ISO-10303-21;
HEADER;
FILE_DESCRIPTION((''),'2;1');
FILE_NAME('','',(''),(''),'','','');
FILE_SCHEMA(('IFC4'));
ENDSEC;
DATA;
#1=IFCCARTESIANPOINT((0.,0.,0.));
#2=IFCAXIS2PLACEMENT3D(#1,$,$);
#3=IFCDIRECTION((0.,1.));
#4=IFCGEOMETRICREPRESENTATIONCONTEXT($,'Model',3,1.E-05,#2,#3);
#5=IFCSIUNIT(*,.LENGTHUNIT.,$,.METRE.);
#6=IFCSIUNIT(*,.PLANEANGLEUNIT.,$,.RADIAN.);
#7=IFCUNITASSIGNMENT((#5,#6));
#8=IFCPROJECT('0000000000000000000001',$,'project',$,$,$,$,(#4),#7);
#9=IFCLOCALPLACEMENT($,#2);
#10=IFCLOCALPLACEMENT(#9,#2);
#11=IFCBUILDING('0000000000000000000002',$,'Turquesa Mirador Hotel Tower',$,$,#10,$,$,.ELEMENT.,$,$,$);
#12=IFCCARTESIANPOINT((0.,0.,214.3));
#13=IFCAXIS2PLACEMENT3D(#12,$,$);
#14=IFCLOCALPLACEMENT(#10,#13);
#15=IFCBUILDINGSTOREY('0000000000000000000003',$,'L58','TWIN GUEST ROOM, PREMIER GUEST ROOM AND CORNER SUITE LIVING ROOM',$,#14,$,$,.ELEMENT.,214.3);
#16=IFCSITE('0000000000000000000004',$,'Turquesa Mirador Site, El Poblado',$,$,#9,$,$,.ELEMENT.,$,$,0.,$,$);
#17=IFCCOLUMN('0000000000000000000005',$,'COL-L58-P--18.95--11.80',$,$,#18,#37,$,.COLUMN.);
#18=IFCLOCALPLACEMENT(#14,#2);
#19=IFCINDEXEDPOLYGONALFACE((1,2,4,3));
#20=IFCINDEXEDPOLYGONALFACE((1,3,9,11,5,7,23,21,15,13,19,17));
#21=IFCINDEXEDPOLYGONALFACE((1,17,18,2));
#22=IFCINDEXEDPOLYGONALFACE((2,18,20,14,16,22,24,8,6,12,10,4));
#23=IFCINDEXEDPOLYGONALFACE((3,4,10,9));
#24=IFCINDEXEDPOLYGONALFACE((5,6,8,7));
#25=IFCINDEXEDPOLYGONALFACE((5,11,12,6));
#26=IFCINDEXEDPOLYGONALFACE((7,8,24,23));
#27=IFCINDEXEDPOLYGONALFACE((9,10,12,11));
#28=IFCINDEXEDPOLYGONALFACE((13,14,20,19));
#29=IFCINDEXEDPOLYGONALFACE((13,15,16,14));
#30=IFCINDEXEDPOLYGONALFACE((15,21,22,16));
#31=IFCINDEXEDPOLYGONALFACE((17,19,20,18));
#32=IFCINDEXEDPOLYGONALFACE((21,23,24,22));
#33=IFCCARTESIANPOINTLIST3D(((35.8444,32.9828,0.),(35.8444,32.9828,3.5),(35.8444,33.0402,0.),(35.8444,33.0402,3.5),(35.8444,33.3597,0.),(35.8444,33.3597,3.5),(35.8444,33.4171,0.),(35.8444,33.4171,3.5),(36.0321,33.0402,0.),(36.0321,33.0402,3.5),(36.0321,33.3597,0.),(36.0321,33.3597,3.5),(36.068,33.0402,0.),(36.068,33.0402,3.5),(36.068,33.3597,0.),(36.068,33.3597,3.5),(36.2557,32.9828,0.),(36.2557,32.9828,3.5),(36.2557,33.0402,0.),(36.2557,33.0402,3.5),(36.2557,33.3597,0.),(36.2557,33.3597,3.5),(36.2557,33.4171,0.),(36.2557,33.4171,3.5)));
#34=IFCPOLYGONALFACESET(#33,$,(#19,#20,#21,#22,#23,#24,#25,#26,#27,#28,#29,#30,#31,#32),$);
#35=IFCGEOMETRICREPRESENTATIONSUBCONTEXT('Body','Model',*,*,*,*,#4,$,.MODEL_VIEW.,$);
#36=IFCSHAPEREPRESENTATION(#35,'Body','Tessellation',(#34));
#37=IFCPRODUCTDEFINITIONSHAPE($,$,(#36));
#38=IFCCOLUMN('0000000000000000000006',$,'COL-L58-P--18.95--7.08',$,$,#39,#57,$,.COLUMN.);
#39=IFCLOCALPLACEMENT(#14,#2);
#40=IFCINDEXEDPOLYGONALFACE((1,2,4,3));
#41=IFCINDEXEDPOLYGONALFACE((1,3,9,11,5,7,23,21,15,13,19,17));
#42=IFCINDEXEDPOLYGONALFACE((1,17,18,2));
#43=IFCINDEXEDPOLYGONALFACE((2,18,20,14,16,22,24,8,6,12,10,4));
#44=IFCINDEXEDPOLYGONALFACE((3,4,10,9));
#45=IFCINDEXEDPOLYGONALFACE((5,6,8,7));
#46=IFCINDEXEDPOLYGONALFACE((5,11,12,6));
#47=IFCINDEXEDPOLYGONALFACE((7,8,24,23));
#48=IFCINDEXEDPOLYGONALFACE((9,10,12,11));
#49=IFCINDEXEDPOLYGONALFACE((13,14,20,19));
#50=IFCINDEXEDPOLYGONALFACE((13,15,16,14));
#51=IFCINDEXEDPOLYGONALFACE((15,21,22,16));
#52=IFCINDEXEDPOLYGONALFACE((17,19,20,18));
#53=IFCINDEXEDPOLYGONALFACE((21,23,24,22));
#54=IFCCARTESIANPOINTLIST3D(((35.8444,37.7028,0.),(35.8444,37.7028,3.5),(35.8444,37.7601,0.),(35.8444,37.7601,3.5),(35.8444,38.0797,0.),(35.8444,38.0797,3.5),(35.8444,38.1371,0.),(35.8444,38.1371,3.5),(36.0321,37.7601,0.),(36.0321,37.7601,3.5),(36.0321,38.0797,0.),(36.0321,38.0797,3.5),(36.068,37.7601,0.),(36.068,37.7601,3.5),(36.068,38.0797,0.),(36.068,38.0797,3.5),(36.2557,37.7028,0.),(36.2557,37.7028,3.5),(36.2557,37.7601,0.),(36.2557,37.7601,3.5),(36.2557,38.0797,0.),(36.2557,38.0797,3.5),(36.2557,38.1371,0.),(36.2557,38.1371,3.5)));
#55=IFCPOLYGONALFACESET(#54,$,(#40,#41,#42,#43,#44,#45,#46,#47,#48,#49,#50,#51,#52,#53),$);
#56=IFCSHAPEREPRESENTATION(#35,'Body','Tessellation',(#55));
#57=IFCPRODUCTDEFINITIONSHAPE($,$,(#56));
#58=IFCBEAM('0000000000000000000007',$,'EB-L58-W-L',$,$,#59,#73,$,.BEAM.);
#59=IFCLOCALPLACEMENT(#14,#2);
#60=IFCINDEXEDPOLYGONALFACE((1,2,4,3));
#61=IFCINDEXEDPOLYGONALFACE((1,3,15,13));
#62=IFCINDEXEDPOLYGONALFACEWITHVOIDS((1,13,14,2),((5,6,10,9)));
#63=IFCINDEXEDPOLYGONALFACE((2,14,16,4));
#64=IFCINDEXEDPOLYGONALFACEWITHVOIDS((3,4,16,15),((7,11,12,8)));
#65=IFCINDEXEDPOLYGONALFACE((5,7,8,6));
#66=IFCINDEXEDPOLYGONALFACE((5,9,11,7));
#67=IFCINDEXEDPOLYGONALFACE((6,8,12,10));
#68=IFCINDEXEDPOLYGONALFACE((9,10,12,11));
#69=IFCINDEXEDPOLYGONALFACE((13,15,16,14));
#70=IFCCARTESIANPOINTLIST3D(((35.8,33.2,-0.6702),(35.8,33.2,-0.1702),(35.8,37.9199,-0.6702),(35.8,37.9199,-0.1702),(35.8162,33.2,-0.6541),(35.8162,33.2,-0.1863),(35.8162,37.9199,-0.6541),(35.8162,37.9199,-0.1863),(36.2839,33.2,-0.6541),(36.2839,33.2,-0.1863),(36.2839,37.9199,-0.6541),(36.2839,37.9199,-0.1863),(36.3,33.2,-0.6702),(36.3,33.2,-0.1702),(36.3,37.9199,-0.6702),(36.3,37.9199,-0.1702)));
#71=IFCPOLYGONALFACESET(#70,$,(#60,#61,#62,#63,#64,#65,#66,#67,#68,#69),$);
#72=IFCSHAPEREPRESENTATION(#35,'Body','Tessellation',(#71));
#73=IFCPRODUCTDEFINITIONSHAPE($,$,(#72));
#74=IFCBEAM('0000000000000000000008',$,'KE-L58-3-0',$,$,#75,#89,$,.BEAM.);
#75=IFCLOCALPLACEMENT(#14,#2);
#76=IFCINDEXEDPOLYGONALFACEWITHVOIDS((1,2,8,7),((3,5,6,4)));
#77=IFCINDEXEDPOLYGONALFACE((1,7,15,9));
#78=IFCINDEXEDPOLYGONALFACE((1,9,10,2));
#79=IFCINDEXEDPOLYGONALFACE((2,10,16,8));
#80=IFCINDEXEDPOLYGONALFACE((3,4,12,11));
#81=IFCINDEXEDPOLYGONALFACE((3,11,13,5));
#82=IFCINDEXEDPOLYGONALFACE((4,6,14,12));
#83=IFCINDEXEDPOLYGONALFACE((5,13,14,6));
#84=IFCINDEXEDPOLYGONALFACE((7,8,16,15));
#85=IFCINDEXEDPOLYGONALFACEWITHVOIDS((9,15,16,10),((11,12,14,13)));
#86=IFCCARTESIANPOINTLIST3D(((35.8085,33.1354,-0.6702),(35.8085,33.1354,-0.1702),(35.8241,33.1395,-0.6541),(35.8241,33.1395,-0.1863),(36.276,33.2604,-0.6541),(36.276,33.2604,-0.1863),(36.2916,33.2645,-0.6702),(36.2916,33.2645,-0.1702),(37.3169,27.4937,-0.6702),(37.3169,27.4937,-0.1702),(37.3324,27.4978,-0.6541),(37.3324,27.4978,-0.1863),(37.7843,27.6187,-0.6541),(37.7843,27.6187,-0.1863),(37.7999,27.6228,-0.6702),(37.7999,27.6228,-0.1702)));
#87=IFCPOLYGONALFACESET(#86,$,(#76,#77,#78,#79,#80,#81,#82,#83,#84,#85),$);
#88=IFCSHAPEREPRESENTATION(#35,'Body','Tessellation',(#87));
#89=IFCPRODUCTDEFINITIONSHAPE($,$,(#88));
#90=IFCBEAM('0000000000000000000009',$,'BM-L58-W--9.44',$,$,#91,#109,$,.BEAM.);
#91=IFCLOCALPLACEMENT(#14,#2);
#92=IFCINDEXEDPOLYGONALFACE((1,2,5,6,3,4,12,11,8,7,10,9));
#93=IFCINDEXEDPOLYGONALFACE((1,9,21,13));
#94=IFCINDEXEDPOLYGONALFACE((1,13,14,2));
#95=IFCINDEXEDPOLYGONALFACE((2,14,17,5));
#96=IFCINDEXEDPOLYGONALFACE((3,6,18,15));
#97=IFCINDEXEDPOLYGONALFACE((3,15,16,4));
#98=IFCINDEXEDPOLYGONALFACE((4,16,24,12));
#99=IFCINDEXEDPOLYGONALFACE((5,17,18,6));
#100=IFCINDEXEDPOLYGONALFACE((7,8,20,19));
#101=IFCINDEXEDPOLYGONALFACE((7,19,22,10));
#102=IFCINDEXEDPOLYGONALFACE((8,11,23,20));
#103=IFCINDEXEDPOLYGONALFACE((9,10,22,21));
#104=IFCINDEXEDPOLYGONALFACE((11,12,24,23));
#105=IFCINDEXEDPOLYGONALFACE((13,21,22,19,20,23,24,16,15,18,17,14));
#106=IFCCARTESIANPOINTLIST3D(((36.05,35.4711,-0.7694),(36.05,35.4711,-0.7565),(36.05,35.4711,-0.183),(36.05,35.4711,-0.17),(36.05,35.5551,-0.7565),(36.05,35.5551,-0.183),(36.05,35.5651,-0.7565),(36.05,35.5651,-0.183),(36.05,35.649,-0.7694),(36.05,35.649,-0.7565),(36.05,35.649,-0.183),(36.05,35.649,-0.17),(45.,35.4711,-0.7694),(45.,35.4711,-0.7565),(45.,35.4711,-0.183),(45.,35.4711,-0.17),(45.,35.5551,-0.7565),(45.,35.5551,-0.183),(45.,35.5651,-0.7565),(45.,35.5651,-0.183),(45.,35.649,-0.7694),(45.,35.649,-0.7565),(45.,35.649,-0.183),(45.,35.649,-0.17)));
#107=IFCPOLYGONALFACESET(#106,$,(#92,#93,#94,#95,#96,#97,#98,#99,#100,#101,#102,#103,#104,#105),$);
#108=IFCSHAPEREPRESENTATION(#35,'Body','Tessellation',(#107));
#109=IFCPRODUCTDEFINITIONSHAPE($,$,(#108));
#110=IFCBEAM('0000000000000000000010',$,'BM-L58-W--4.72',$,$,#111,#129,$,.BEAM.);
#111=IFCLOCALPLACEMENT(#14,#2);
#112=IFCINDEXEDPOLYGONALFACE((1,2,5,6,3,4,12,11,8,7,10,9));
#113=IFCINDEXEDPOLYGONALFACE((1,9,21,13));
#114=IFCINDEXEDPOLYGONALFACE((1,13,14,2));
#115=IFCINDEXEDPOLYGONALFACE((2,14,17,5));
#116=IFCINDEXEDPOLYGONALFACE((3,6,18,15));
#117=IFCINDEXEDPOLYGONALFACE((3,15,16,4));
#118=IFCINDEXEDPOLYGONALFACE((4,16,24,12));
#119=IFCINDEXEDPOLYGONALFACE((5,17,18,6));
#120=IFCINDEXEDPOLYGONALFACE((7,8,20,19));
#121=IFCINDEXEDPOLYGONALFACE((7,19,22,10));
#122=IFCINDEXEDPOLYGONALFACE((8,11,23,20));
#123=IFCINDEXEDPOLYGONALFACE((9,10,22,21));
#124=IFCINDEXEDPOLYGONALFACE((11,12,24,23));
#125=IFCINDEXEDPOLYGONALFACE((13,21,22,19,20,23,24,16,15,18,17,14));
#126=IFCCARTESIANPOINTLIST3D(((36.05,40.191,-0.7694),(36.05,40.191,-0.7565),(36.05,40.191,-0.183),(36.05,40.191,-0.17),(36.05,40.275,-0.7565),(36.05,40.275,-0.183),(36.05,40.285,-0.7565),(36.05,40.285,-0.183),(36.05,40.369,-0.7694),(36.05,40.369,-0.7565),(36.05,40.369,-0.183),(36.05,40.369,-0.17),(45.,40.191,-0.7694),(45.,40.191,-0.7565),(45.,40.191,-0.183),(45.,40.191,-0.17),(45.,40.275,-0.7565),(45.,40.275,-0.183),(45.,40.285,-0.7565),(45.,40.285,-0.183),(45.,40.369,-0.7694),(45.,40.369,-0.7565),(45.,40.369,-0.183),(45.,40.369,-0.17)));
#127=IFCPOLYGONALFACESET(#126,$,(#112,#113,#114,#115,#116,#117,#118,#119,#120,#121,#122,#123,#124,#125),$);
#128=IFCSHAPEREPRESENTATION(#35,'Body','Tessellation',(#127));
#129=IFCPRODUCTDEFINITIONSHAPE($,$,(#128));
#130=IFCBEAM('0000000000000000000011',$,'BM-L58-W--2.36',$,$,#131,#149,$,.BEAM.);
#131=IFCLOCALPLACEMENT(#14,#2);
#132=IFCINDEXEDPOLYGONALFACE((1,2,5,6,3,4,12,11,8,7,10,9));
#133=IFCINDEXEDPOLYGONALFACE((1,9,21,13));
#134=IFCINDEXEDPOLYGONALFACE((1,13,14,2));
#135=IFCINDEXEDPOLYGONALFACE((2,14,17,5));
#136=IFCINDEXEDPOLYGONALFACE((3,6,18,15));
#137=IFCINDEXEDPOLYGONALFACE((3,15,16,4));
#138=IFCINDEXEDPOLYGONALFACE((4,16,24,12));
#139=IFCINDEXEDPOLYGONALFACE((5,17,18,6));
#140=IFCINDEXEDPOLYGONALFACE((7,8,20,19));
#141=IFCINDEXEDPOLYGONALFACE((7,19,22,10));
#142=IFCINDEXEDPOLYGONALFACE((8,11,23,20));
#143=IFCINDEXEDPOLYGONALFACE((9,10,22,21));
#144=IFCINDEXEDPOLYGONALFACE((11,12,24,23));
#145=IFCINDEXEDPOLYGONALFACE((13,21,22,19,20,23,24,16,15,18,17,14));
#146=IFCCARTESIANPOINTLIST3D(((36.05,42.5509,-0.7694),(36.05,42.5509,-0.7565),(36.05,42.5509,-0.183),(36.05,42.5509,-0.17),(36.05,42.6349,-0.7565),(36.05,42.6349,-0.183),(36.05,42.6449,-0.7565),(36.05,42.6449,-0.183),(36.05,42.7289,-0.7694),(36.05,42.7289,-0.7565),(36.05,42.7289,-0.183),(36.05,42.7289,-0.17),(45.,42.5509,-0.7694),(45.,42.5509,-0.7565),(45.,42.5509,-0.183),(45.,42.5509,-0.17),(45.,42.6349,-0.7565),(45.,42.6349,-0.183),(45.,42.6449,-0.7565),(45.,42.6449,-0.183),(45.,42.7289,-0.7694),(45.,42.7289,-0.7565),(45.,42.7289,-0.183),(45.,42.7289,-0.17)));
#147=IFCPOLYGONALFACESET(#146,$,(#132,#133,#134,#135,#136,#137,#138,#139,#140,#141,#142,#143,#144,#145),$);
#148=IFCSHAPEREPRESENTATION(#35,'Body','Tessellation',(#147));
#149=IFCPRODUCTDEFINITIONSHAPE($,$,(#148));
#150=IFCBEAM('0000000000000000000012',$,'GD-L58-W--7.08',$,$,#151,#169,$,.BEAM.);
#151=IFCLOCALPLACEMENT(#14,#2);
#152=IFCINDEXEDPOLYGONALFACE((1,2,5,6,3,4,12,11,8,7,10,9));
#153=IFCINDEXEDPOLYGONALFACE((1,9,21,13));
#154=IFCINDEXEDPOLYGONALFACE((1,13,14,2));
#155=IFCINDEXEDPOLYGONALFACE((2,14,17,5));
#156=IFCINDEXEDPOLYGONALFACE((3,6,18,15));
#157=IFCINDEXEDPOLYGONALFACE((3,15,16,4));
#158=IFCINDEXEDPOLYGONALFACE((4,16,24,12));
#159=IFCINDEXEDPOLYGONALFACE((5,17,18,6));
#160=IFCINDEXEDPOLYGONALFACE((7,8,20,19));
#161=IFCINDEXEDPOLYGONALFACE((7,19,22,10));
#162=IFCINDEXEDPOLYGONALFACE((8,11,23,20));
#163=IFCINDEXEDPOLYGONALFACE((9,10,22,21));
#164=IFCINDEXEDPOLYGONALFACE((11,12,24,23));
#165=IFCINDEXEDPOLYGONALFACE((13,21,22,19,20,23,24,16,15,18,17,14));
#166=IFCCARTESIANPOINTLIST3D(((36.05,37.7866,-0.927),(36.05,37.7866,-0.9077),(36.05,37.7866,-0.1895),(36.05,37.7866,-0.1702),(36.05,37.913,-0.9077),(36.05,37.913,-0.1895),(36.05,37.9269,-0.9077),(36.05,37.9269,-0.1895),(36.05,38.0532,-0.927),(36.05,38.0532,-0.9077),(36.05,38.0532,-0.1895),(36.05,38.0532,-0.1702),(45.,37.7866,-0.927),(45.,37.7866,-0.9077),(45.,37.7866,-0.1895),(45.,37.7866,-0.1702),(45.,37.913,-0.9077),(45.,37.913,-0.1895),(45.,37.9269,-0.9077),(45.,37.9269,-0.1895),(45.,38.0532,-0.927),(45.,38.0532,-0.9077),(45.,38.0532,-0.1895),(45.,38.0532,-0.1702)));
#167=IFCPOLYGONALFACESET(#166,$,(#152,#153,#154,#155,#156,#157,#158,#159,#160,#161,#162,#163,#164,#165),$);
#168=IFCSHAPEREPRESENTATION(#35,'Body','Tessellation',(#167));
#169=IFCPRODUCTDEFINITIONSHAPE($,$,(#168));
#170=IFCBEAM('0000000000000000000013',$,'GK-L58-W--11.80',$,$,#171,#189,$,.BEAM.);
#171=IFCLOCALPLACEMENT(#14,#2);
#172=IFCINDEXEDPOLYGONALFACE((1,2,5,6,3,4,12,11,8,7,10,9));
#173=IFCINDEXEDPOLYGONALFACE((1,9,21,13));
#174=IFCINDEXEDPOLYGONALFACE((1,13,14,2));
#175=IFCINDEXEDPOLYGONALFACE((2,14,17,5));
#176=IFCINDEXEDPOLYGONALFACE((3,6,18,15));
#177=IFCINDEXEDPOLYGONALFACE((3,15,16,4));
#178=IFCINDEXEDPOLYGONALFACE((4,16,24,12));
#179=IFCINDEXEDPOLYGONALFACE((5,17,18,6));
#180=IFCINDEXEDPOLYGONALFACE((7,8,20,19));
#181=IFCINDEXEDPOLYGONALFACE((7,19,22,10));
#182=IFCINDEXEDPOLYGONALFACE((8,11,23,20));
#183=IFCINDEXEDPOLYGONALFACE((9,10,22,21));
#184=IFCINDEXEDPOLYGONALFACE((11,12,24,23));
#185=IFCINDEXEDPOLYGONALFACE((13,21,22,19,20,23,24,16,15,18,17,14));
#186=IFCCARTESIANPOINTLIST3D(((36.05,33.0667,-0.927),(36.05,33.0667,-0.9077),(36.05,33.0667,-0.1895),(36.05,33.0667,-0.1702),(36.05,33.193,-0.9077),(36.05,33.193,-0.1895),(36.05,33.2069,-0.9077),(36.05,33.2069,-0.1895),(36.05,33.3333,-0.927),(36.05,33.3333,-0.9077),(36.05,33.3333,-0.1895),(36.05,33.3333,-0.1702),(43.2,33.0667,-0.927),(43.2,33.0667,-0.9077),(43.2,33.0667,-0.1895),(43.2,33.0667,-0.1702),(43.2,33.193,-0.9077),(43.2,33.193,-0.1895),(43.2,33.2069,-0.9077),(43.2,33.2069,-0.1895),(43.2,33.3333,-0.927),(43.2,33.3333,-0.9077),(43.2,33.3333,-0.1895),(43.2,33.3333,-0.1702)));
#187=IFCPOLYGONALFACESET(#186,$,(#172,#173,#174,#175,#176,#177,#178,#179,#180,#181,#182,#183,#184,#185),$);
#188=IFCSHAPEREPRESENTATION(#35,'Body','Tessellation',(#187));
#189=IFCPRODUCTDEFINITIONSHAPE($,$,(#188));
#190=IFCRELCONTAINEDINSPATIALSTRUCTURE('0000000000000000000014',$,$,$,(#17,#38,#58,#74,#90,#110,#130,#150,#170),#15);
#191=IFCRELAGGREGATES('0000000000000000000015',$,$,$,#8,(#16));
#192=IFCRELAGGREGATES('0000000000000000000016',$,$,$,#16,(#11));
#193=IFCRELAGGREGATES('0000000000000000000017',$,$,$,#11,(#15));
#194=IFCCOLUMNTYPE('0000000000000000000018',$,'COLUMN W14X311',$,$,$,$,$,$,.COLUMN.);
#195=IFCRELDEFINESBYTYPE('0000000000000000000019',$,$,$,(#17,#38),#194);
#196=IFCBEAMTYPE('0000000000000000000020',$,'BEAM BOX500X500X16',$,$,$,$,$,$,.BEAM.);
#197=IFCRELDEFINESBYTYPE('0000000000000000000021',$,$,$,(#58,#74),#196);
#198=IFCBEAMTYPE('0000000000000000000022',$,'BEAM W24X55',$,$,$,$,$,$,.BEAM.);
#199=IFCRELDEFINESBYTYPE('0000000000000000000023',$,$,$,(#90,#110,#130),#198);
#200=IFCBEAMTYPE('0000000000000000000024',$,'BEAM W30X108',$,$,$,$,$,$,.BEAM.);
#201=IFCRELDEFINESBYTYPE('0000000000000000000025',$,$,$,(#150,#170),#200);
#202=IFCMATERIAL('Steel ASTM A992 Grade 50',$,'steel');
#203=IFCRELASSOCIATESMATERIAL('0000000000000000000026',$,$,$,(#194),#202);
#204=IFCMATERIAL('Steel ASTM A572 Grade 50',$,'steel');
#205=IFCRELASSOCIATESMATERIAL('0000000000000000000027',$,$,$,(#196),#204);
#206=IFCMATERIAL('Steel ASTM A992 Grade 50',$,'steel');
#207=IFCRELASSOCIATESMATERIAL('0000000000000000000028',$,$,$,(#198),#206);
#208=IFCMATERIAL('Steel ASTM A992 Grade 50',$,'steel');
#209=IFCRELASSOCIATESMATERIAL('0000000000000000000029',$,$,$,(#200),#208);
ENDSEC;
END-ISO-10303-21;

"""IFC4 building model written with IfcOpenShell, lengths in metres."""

from ifc_helpers import new_model, si_unit, direction, frame, origin, origin_2d, place, context, subcontext, project, spatial, hollow_rectangle, i_section, extrude, material, material_profile, profile_set, type_object, element, save


model = new_model("IFC4")

# Units and contexts
model_context = context("Model", 3, precision=1e-05, world=origin(), true_north=direction((0.0, 1.0)))
body_context = subcontext(model_context, "Body", "Model", "MODEL_VIEW")
ifc_project = project(units=[si_unit("LENGTHUNIT", "METRE"), si_unit("PLANEANGLEUNIT", "RADIAN")], contexts=[model_context])

# Site, building, storey
site_placement = place(None, origin())
site = spatial("IfcSite", under=ifc_project, at=site_placement, Name="Turquesa Mirador Site, El Poblado", CompositionType="ELEMENT", RefElevation=0.0)
building_placement = place(site_placement, origin())
building = spatial("IfcBuilding", under=site, at=building_placement, Name="Turquesa Mirador Hotel Tower", CompositionType="ELEMENT")
storey_placement = place(building_placement, frame((0.0, 0.0, 214.3)))
storey = spatial("IfcBuildingStorey", under=building, at=storey_placement, Name="L58", Description="TWIN GUEST ROOM, PREMIER GUEST ROOM AND CORNER SUITE LIVING ROOM", CompositionType="ELEMENT", Elevation=214.3)

# Columns
ifc_material_1 = material(Name="Steel ASTM A992 Grade 50", Category="steel")
ifc_material_profile_1 = material_profile(ifc_material_1, i_section(OverallWidth=0.4114, OverallDepth=0.4343, WebThickness=0.0359, FlangeThickness=0.0574, at=origin_2d()), Name="W14X311")
ifc_profile_set_1 = profile_set([ifc_material_profile_1], Name="Steel ASTM A992 Grade 50")
column_type = type_object("IfcColumnType", Name="COLUMN W14X311", PredefinedType="COLUMN", material=ifc_profile_set_1)
for number, where, z_axis, x_axis, name in (
    (1, (36.05, 33.2, 0.0), (0.0, 0.0, 1.0), (1.0, 0.0, 0.0), "COL-L58-P--18.95--11.80"),
    (2, (36.05, 37.9199, 0.0), (0.0, 0.0, 1.0), (1.0, 0.0, 0.0), "COL-L58-P--18.95--7.08"),
):
    element("IfcColumn", number, at=place(storey_placement, frame(where, z_axis=z_axis, x_axis=x_axis)), inside=storey, type_object=column_type, Name=name, PredefinedType="COLUMN", context=body_context, shape_type="SweptSolid", body=[
        extrude(i_section(OverallWidth=0.4114, OverallDepth=0.4343, WebThickness=0.0359, FlangeThickness=0.0574, at=origin_2d()), origin(), (0.0, 0.0, 1.0), 3.5),
    ])

# Beams
ifc_material_2 = material(Name="Steel ASTM A572 Grade 50", Category="steel")
ifc_material_profile_2 = material_profile(ifc_material_2, hollow_rectangle(XDim=0.5, YDim=0.5, WallThickness=0.0161, at=origin_2d()), Name="BOX500X500X16")
ifc_profile_set_2 = profile_set([ifc_material_profile_2], Name="Steel ASTM A572 Grade 50")
beam_type_1 = type_object("IfcBeamType", Name="BEAM BOX500X500X16", PredefinedType="BEAM", material=ifc_profile_set_2)
beam_1_placement = place(storey_placement, frame((36.05, 33.2, -0.4202), z_axis=(0.0, 1.0, 0.0), x_axis=(-1.0, 0.0, 0.0)))
element("IfcBeam", 3, at=beam_1_placement, inside=storey, type_object=beam_type_1, Name="EB-L58-W-L", PredefinedType="BEAM", context=body_context, shape_type="SweptSolid", body=[
    extrude(hollow_rectangle(XDim=0.5, YDim=0.5, WallThickness=0.0161, at=origin_2d()), origin(), (0.0, 0.0, 1.0), 4.72),
])
beam_2_placement = place(storey_placement, frame((36.05, 33.2, -0.4202), z_axis=(0.258282, -0.96607, 0.0), x_axis=(0.96607, 0.258282, 0.0)))
element("IfcBeam", 4, at=beam_2_placement, inside=storey, type_object=beam_type_1, Name="KE-L58-3-0", PredefinedType="BEAM", context=body_context, shape_type="SweptSolid", body=[
    extrude(hollow_rectangle(XDim=0.5, YDim=0.5, WallThickness=0.0161, at=origin_2d()), origin(), (0.0, 0.0, 1.0), 5.8398),
])
ifc_material_3 = material(Name="Steel ASTM A992 Grade 50", Category="steel")
ifc_material_profile_3 = material_profile(ifc_material_3, i_section(OverallWidth=0.178, OverallDepth=0.5994, WebThickness=0.01, FlangeThickness=0.0129, at=origin_2d()), Name="W24X55")
ifc_profile_set_3 = profile_set([ifc_material_profile_3], Name="Steel ASTM A992 Grade 50")
beam_type_2 = type_object("IfcBeamType", Name="BEAM W24X55", PredefinedType="BEAM", material=ifc_profile_set_3)
for number, where, z_axis, x_axis, name in (
    (5, (36.05, 35.5601, -0.4697), (1.0, 0.0, 0.0), (0.0, 1.0, 0.0), "BM-L58-W--9.44"),
    (6, (36.05, 40.28, -0.4697), (1.0, 0.0, 0.0), (0.0, 1.0, 0.0), "BM-L58-W--4.72"),
    (7, (36.05, 42.6399, -0.4697), (1.0, 0.0, 0.0), (0.0, 1.0, 0.0), "BM-L58-W--2.36"),
):
    element("IfcBeam", number, at=place(storey_placement, frame(where, z_axis=z_axis, x_axis=x_axis)), inside=storey, type_object=beam_type_2, Name=name, PredefinedType="BEAM", context=body_context, shape_type="SweptSolid", body=[
        extrude(i_section(OverallWidth=0.178, OverallDepth=0.5994, WebThickness=0.01, FlangeThickness=0.0129, at=origin_2d()), origin(), (0.0, 0.0, 1.0), 8.95),
    ])
ifc_material_4 = material(Name="Steel ASTM A992 Grade 50", Category="steel")
ifc_material_profile_4 = material_profile(ifc_material_4, i_section(OverallWidth=0.2666, OverallDepth=0.7568, WebThickness=0.0139, FlangeThickness=0.0193, at=origin_2d()), Name="W30X108")
ifc_profile_set_4 = profile_set([ifc_material_profile_4], Name="Steel ASTM A992 Grade 50")
beam_type_3 = type_object("IfcBeamType", Name="BEAM W30X108", PredefinedType="BEAM", material=ifc_profile_set_4)
beam_3_placement = place(storey_placement, frame((36.05, 37.9199, -0.5486), z_axis=(1.0, 0.0, 0.0), x_axis=(0.0, 1.0, 0.0)))
element("IfcBeam", 8, at=beam_3_placement, inside=storey, type_object=beam_type_3, Name="GD-L58-W--7.08", PredefinedType="BEAM", context=body_context, shape_type="SweptSolid", body=[
    extrude(i_section(OverallWidth=0.2666, OverallDepth=0.7568, WebThickness=0.0139, FlangeThickness=0.0193, at=origin_2d()), origin(), (0.0, 0.0, 1.0), 8.95),
])
beam_4_placement = place(storey_placement, frame((36.05, 33.2, -0.5486), z_axis=(1.0, 0.0, 0.0), x_axis=(0.0, 1.0, 0.0)))
element("IfcBeam", 9, at=beam_4_placement, inside=storey, type_object=beam_type_3, Name="GK-L58-W--11.80", PredefinedType="BEAM", context=body_context, shape_type="SweptSolid", body=[
    extrude(i_section(OverallWidth=0.2666, OverallDepth=0.7568, WebThickness=0.0139, FlangeThickness=0.0193, at=origin_2d()), origin(), (0.0, 0.0, 1.0), 7.1499),
])

save(model, "model.ifc")
